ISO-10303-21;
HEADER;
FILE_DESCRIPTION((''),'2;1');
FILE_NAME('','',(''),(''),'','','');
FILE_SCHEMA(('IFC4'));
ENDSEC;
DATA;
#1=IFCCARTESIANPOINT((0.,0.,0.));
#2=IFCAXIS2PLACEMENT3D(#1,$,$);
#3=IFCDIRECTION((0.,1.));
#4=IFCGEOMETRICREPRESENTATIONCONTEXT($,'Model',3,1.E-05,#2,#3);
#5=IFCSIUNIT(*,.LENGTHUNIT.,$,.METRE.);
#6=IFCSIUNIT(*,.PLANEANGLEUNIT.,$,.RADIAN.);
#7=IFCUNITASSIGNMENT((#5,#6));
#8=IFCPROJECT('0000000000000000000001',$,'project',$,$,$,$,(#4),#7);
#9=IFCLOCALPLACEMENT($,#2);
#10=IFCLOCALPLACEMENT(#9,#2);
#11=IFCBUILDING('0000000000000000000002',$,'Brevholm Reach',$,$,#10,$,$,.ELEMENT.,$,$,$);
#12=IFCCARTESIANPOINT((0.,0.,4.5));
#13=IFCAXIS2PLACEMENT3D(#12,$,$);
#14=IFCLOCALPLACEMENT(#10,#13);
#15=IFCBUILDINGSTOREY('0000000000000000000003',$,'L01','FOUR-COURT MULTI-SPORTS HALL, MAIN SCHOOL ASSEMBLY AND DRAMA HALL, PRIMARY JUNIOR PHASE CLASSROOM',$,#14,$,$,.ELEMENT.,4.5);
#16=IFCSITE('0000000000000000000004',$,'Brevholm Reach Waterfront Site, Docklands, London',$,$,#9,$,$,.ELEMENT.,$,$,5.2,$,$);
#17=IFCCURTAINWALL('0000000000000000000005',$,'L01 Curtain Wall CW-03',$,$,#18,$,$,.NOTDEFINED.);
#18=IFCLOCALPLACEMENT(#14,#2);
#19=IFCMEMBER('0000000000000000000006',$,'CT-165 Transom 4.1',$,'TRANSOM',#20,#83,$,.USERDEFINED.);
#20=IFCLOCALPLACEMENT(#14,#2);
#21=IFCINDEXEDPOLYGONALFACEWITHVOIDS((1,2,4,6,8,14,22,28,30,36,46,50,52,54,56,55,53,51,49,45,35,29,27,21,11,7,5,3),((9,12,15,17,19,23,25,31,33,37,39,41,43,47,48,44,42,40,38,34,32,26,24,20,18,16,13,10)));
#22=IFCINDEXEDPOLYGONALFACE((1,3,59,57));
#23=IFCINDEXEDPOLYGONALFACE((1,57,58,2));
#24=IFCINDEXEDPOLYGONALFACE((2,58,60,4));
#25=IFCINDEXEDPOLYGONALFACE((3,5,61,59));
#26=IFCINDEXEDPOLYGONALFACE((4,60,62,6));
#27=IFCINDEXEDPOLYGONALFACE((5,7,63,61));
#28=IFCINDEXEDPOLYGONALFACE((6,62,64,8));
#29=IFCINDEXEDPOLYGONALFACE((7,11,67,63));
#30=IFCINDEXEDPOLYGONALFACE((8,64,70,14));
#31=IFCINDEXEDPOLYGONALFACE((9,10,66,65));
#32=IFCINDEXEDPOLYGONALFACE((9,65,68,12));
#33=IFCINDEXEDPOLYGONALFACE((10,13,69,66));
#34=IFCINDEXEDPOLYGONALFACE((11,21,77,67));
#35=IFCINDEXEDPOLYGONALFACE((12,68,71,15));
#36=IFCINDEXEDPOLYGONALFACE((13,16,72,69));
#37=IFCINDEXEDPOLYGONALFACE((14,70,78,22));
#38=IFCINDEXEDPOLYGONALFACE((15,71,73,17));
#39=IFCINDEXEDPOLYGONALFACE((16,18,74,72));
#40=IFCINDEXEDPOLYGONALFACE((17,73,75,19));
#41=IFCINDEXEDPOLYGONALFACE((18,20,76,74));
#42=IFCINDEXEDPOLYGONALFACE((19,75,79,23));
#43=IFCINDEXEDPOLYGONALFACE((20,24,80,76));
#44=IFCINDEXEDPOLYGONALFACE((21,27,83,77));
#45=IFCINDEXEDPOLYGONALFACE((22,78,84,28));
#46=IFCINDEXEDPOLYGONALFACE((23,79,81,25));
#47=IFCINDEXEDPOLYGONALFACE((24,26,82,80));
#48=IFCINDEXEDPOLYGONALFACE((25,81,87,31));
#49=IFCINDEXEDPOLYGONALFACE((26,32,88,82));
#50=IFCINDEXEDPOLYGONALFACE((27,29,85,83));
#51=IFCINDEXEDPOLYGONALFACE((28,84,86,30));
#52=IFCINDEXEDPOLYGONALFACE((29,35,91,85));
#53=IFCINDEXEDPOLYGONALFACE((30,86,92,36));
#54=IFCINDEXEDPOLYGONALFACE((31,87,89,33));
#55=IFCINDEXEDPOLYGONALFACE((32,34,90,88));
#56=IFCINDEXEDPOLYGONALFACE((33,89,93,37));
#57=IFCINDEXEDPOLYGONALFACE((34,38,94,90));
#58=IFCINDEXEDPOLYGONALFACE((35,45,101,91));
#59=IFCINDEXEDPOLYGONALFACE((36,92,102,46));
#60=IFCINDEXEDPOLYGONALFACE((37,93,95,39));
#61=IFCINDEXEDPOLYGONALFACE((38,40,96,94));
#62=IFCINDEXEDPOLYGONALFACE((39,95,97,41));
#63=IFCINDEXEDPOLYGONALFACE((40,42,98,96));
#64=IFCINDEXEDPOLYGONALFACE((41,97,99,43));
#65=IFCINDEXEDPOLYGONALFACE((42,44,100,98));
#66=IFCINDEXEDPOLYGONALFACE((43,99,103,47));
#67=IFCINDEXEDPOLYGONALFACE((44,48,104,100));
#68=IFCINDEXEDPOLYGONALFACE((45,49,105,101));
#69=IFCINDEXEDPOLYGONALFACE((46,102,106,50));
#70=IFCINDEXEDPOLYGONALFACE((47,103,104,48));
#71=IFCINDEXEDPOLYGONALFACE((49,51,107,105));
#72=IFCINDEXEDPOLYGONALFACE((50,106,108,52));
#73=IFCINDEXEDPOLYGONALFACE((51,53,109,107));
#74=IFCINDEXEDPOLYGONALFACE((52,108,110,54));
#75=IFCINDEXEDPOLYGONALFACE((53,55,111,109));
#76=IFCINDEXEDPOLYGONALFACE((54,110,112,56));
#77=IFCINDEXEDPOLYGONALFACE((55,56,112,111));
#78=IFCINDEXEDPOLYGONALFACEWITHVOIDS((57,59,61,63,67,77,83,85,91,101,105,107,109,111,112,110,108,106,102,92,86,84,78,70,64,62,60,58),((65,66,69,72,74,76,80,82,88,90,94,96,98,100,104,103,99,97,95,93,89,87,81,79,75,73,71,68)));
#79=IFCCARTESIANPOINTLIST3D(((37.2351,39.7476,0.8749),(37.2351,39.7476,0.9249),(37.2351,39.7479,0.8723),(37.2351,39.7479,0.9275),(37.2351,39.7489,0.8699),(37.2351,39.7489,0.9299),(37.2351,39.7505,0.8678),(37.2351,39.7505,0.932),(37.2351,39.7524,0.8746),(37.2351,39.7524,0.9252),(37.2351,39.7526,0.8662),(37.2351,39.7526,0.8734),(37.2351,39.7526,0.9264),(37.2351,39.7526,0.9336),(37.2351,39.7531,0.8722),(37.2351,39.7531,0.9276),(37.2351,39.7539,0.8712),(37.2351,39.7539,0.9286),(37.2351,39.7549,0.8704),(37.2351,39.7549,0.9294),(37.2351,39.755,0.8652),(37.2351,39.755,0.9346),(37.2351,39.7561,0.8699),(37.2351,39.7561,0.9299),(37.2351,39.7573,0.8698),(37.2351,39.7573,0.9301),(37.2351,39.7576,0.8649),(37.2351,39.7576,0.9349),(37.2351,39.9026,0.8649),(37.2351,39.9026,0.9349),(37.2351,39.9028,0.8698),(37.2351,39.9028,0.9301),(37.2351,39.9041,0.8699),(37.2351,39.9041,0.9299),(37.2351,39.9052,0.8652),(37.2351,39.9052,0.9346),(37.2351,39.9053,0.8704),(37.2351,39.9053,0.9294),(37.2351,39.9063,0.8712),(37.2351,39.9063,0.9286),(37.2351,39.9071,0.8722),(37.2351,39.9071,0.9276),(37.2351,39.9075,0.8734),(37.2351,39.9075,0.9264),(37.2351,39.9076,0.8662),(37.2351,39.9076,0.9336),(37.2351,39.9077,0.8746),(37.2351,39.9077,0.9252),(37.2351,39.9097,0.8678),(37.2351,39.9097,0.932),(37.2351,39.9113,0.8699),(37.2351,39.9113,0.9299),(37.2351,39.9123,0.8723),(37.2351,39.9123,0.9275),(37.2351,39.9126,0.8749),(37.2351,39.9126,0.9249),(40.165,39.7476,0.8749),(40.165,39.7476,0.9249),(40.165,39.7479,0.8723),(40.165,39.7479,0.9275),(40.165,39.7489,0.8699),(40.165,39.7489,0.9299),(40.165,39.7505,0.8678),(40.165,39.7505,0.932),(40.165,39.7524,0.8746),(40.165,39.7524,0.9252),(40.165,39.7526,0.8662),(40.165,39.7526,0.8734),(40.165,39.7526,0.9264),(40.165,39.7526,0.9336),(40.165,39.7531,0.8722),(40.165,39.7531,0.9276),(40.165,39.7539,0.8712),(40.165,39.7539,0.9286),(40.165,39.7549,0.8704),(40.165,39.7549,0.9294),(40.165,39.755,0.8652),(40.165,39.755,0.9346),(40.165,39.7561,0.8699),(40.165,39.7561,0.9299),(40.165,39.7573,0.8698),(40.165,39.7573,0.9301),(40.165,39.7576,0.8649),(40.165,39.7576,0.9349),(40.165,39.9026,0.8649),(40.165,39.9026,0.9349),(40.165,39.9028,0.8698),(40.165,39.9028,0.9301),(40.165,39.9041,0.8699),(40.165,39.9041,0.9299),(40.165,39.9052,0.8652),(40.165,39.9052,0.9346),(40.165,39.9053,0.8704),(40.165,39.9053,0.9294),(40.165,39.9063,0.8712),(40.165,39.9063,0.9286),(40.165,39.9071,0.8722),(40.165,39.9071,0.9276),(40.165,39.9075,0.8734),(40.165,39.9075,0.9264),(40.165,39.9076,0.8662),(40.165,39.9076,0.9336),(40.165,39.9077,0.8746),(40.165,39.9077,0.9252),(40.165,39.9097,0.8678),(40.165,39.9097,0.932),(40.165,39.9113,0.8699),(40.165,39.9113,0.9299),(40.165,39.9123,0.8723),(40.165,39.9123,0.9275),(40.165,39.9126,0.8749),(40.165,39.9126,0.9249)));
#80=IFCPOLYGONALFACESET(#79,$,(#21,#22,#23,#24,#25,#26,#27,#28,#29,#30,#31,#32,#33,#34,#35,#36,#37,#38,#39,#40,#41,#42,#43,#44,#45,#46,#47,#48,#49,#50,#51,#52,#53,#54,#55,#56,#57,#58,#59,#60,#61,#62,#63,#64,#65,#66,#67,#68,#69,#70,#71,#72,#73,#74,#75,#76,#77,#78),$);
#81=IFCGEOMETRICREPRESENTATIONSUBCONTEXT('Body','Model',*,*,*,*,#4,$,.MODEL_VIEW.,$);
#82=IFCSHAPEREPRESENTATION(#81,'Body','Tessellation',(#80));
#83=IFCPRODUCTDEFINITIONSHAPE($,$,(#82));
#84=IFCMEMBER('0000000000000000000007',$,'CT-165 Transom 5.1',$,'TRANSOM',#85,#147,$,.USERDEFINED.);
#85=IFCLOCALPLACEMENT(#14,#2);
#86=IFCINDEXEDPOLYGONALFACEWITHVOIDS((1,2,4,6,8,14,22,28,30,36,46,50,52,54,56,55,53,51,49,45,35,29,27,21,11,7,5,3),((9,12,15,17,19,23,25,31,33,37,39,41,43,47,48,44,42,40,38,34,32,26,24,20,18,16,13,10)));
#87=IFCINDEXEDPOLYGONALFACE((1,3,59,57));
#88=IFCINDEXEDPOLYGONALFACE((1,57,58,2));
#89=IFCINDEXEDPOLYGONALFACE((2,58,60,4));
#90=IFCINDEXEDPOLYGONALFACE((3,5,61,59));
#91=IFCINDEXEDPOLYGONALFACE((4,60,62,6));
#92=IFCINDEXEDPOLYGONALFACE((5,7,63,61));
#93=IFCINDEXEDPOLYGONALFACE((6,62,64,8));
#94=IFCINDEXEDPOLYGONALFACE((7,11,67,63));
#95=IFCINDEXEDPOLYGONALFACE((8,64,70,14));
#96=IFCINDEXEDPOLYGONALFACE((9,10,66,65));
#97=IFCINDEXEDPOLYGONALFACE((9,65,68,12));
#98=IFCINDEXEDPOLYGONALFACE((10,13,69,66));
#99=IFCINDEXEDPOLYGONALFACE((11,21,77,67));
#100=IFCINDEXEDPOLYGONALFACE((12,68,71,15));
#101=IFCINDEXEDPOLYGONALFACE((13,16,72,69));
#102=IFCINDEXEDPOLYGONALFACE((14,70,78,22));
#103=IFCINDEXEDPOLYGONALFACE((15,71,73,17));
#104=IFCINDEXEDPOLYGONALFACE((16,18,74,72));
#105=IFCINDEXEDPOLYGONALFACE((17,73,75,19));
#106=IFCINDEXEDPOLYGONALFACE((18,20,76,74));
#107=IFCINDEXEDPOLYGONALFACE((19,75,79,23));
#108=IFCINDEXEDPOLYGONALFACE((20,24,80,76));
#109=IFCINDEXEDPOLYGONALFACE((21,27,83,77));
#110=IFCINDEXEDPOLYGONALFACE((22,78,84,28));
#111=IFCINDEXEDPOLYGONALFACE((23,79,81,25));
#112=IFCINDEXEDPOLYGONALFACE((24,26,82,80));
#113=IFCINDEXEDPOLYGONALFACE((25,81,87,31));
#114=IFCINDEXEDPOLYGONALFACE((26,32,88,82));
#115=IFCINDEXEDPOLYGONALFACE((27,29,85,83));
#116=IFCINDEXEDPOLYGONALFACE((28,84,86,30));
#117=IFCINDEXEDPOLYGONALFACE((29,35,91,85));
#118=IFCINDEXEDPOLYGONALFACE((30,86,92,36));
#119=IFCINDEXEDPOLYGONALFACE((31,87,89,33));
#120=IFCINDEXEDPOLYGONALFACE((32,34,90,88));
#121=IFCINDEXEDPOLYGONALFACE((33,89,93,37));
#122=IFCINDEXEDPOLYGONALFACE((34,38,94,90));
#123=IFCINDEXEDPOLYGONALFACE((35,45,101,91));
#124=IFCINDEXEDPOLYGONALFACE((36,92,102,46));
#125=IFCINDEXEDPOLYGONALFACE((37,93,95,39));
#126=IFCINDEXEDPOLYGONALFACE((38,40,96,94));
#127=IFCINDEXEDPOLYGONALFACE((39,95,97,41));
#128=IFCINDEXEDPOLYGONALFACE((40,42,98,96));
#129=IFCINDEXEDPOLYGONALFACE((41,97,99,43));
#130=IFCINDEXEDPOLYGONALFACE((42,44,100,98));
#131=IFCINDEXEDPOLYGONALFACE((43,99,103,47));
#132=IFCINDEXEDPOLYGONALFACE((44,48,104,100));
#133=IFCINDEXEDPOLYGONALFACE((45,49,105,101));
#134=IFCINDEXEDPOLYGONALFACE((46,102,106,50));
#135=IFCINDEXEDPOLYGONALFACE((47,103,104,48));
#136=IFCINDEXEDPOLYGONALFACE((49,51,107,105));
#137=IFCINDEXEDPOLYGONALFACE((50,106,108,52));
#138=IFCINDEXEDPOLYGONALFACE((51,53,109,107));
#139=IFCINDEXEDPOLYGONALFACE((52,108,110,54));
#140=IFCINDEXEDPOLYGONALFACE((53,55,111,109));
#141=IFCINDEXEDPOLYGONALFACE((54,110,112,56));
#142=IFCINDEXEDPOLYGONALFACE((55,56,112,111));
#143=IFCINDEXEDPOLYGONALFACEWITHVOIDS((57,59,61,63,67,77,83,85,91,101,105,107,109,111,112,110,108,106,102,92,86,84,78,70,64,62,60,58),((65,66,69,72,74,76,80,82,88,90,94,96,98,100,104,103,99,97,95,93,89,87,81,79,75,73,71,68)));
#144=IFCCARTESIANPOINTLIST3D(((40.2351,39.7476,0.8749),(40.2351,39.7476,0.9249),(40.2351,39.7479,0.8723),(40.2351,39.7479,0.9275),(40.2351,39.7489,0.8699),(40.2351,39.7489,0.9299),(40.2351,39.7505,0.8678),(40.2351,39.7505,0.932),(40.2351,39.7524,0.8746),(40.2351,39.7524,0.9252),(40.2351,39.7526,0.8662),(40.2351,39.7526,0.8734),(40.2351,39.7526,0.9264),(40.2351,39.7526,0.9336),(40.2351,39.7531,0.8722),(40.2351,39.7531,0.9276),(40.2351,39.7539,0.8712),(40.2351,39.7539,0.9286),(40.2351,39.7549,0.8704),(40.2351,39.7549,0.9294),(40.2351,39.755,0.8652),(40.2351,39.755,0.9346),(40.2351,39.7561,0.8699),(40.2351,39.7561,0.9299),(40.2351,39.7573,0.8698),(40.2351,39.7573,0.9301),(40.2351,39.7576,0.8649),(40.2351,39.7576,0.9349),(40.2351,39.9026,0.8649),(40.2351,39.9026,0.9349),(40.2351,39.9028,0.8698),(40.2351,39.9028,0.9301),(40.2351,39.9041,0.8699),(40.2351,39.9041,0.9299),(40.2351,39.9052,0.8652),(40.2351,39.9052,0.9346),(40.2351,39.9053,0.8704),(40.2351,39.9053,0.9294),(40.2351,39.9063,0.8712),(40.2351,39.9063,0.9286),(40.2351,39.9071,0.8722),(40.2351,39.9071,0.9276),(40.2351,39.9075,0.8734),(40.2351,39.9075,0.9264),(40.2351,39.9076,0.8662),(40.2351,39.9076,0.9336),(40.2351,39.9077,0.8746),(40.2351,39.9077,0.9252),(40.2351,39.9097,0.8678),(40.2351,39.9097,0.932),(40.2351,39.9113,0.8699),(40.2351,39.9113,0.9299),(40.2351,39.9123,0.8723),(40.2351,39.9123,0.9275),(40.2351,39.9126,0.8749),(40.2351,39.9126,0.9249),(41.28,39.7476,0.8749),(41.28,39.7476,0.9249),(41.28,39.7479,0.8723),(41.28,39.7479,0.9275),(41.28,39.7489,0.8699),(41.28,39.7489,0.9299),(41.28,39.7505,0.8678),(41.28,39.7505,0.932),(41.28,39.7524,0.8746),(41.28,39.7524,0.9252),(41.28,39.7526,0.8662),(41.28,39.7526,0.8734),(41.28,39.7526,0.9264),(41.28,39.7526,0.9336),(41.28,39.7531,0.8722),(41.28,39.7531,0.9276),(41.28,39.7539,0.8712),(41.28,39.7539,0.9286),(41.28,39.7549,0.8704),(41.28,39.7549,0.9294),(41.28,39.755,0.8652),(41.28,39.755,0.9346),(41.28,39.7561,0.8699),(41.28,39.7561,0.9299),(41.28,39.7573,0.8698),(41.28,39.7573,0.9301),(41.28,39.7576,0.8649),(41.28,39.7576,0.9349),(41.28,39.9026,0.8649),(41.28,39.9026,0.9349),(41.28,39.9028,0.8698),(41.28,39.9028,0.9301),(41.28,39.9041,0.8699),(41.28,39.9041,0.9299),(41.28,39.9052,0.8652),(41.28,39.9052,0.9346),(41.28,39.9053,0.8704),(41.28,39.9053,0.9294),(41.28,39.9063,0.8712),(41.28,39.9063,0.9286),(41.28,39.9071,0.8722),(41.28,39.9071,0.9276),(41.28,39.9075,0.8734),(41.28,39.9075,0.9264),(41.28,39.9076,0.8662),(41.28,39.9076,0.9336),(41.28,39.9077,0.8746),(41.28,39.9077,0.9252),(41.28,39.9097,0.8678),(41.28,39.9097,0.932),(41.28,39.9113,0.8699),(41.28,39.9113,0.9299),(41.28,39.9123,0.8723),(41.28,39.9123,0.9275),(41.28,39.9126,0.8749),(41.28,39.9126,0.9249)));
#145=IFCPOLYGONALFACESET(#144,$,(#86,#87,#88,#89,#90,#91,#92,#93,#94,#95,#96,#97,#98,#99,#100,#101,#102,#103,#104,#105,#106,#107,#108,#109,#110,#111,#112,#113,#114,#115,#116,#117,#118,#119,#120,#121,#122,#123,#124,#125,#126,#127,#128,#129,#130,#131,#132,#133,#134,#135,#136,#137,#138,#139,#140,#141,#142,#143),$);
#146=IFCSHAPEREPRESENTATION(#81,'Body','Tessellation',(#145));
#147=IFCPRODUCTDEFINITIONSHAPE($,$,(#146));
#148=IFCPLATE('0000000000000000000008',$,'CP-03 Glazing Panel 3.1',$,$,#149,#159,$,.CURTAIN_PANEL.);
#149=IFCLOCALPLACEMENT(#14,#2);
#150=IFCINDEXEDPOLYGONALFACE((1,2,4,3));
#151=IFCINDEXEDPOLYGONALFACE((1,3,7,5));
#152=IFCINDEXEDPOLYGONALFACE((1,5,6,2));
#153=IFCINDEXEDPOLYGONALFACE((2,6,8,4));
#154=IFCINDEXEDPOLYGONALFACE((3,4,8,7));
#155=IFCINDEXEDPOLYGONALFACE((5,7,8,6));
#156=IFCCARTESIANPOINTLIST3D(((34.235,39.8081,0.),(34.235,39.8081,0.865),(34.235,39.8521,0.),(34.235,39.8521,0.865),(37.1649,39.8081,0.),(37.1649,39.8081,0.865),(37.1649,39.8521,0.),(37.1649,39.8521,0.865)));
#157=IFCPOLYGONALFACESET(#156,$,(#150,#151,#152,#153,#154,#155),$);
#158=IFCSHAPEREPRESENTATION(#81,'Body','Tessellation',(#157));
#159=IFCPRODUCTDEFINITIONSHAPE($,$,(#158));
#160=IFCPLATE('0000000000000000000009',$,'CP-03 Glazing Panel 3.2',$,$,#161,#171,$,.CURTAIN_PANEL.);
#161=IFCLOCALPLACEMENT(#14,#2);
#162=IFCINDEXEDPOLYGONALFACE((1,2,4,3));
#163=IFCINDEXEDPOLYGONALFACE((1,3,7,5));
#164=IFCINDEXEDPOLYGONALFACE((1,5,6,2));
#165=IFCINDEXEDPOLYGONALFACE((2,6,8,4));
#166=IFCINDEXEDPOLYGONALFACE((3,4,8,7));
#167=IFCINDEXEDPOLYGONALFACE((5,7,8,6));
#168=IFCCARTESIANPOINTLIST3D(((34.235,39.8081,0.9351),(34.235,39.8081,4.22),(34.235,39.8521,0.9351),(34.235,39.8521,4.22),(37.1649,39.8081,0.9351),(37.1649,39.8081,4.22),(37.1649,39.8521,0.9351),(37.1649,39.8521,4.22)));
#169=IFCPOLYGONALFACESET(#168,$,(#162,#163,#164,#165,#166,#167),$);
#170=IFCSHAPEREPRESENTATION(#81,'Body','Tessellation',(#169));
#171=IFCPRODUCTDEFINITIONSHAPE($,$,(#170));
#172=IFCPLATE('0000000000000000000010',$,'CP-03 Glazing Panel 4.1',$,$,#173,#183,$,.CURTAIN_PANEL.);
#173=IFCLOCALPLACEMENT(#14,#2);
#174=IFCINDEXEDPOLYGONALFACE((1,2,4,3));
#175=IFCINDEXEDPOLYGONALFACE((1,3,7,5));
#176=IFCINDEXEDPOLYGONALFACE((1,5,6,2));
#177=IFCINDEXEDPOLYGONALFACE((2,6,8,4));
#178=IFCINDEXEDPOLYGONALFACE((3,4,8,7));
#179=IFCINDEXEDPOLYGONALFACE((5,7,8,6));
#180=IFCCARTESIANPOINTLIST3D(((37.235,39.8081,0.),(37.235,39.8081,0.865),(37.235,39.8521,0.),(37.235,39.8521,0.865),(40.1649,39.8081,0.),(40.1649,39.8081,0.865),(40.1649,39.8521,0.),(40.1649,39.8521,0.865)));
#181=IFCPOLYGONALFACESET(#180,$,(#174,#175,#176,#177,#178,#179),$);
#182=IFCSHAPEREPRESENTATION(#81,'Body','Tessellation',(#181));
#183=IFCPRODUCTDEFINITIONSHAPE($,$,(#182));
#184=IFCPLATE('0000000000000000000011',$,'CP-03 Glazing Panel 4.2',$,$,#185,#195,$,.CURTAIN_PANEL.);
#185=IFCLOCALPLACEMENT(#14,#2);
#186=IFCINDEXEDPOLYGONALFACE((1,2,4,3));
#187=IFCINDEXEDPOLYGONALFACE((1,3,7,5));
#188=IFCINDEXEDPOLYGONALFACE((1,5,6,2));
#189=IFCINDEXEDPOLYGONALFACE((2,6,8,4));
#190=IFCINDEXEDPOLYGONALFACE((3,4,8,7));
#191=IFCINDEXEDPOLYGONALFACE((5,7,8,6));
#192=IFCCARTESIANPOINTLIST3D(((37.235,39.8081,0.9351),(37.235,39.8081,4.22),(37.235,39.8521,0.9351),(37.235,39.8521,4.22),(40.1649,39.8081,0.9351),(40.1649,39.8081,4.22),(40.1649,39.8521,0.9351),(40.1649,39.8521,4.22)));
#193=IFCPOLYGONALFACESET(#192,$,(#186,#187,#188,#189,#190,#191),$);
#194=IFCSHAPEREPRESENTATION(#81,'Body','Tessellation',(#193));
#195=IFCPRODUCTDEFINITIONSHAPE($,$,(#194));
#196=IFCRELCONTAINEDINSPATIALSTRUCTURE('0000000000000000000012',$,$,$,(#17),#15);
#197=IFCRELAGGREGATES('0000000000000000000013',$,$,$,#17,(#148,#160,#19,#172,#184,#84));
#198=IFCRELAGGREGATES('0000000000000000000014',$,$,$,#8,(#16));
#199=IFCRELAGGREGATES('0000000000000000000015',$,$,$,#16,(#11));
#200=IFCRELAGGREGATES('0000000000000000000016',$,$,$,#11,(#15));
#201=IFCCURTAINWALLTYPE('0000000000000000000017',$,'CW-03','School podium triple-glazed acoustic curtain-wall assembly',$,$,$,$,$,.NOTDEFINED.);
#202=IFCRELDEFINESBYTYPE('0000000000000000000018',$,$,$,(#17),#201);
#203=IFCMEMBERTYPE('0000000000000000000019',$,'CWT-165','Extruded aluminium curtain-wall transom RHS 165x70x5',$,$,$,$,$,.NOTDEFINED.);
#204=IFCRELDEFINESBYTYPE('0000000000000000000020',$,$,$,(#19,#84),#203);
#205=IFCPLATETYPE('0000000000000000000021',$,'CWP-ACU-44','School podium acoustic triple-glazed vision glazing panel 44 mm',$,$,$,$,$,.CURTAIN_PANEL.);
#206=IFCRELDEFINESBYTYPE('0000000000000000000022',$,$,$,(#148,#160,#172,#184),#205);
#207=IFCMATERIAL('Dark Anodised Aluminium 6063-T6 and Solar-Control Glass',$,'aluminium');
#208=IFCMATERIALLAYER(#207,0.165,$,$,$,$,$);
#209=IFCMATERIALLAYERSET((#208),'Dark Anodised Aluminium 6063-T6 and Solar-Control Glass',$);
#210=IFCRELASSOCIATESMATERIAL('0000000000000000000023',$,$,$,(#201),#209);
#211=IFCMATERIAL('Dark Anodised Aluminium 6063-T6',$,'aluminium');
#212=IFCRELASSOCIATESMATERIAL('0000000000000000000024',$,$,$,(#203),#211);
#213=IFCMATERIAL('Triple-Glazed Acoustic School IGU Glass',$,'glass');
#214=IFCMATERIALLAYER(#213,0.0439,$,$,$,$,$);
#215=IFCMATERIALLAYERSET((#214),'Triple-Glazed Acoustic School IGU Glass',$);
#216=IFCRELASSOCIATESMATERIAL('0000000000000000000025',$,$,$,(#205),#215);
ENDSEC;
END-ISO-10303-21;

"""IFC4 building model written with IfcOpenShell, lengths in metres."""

from ifc_helpers import new_model, si_unit, direction, frame, origin, origin_2d, place, context, subcontext, project, spatial, rectangle, hollow_rectangle, extrude, material, layer, layer_set, material_profile, profile_set, type_object, element, aggregate, save


model = new_model("IFC4")

# Units and contexts
model_context = context("Model", 3, precision=1e-05, world=origin(), true_north=direction((0.0, 1.0)))
body_context = subcontext(model_context, "Body", "Model", "MODEL_VIEW")
ifc_project = project(units=[si_unit("LENGTHUNIT", "METRE"), si_unit("PLANEANGLEUNIT", "RADIAN")], contexts=[model_context])

# Site, building, storey
site_placement = place(None, origin())
site = spatial("IfcSite", under=ifc_project, at=site_placement, Name="Brevholm Reach Waterfront Site, Docklands, London", CompositionType="ELEMENT", RefElevation=5.2)
building_placement = place(site_placement, origin())
building = spatial("IfcBuilding", under=site, at=building_placement, Name="Brevholm Reach", CompositionType="ELEMENT")
storey_placement = place(building_placement, frame((0.0, 0.0, 4.5)))
storey = spatial("IfcBuildingStorey", under=building, at=storey_placement, Name="L01", Description="FOUR-COURT MULTI-SPORTS HALL, MAIN SCHOOL ASSEMBLY AND DRAMA HALL, PRIMARY JUNIOR PHASE CLASSROOM", CompositionType="ELEMENT", Elevation=4.5)

# Curtain wall, members, plates
ifc_material_1 = material(Name="Dark Anodised Aluminium 6063-T6 and Solar-Control Glass", Category="aluminium")
ifc_layer_1 = layer(ifc_material_1, 0.165)
ifc_layer_set_1 = layer_set([ifc_layer_1], Name="Dark Anodised Aluminium 6063-T6 and Solar-Control Glass")
curtain_wall_type = type_object("IfcCurtainWallType", Name="CW-03", Description="School podium triple-glazed acoustic curtain-wall assembly", PredefinedType="NOTDEFINED", material=ifc_layer_set_1)
curtain_wall_placement = place(storey_placement, origin())
curtain_wall = element("IfcCurtainWall", 1, at=curtain_wall_placement, inside=storey, type_object=curtain_wall_type, Name="L01 Curtain Wall CW-03", PredefinedType="NOTDEFINED")
ifc_material_2 = material(Name="Dark Anodised Aluminium 6063-T6", Category="aluminium")
ifc_material_profile_1 = material_profile(ifc_material_2, hollow_rectangle(XDim=0.0701, YDim=0.165, WallThickness=0.0049, InnerFilletRadius=0.0049, OuterFilletRadius=0.01, at=origin_2d()), Name="RHS 165x70x5")
ifc_profile_set_1 = profile_set([ifc_material_profile_1], Name="Dark Anodised Aluminium 6063-T6")
member_type_1 = type_object("IfcMemberType", Name="CWT-165", Description="Extruded aluminium curtain-wall transom RHS 165x70x5", PredefinedType="NOTDEFINED", material=ifc_profile_set_1)
member_1_placement = place(storey_placement, frame((37.2351, 39.8301, 0.8999), z_axis=(1.0, 0.0, 0.0), x_axis=(0.0, 0.0, 1.0)))
member_1 = element("IfcMember", 2, at=member_1_placement, type_object=member_type_1, Name="CT-165 Transom 4.1", ObjectType="TRANSOM", PredefinedType="USERDEFINED", context=body_context, shape_type="SweptSolid", body=[
    extrude(hollow_rectangle(XDim=0.0701, YDim=0.165, WallThickness=0.0049, InnerFilletRadius=0.0049, OuterFilletRadius=0.01, at=origin_2d()), origin(), (0.0, 0.0, 1.0), 2.9299),
])
member_2_placement = place(storey_placement, frame((40.2351, 39.8301, 0.8999), z_axis=(1.0, 0.0, 0.0), x_axis=(0.0, 0.0, 1.0)))
member_2 = element("IfcMember", 3, at=member_2_placement, type_object=member_type_1, Name="CT-165 Transom 5.1", ObjectType="TRANSOM", PredefinedType="USERDEFINED", context=body_context, shape_type="SweptSolid", body=[
    extrude(hollow_rectangle(XDim=0.0701, YDim=0.165, WallThickness=0.0049, InnerFilletRadius=0.0049, OuterFilletRadius=0.01, at=origin_2d()), origin(), (0.0, 0.0, 1.0), 1.0449),
])
ifc_material_3 = material(Name="Triple-Glazed Acoustic School IGU Glass", Category="glass")
ifc_layer_2 = layer(ifc_material_3, 0.0439)
ifc_layer_set_2 = layer_set([ifc_layer_2], Name="Triple-Glazed Acoustic School IGU Glass")
plate_type = type_object("IfcPlateType", Name="CWP-ACU-44", Description="School podium acoustic triple-glazed vision glazing panel 44 mm", PredefinedType="CURTAIN_PANEL", material=ifc_layer_set_2)
plate_1_placement = place(storey_placement, frame((35.7, 39.8301, 0.0), z_axis=(0.0, 0.0, 1.0), x_axis=(1.0, 0.0, 0.0)))
plate_1 = element("IfcPlate", 4, at=plate_1_placement, type_object=plate_type, Name="CP-03 Glazing Panel 3.1", PredefinedType="CURTAIN_PANEL", context=body_context, shape_type="SweptSolid", body=[
    extrude(rectangle(XDim=2.9299, YDim=0.0439, at=origin_2d()), origin(), (0.0, 0.0, 1.0), 0.865),
])
plate_2_placement = place(storey_placement, frame((35.7, 39.8301, 0.9351), z_axis=(0.0, 0.0, 1.0), x_axis=(1.0, 0.0, 0.0)))
plate_2 = element("IfcPlate", 5, at=plate_2_placement, type_object=plate_type, Name="CP-03 Glazing Panel 3.2", PredefinedType="CURTAIN_PANEL", context=body_context, shape_type="SweptSolid", body=[
    extrude(rectangle(XDim=2.9299, YDim=0.0439, at=origin_2d()), origin(), (0.0, 0.0, 1.0), 3.2849),
])
plate_3_placement = place(storey_placement, frame((38.7, 39.8301, 0.0), z_axis=(0.0, 0.0, 1.0), x_axis=(1.0, 0.0, 0.0)))
plate_3 = element("IfcPlate", 6, at=plate_3_placement, type_object=plate_type, Name="CP-03 Glazing Panel 4.1", PredefinedType="CURTAIN_PANEL", context=body_context, shape_type="SweptSolid", body=[
    extrude(rectangle(XDim=2.9299, YDim=0.0439, at=origin_2d()), origin(), (0.0, 0.0, 1.0), 0.865),
])
plate_4_placement = place(storey_placement, frame((38.7, 39.8301, 0.9351), z_axis=(0.0, 0.0, 1.0), x_axis=(1.0, 0.0, 0.0)))
plate_4 = element("IfcPlate", 7, at=plate_4_placement, type_object=plate_type, Name="CP-03 Glazing Panel 4.2", PredefinedType="CURTAIN_PANEL", context=body_context, shape_type="SweptSolid", body=[
    extrude(rectangle(XDim=2.9299, YDim=0.0439, at=origin_2d()), origin(), (0.0, 0.0, 1.0), 3.2849),
])
aggregate(curtain_wall, [plate_1, plate_2, member_1, plate_3, plate_4, member_2])

save(model, "model.ifc")
